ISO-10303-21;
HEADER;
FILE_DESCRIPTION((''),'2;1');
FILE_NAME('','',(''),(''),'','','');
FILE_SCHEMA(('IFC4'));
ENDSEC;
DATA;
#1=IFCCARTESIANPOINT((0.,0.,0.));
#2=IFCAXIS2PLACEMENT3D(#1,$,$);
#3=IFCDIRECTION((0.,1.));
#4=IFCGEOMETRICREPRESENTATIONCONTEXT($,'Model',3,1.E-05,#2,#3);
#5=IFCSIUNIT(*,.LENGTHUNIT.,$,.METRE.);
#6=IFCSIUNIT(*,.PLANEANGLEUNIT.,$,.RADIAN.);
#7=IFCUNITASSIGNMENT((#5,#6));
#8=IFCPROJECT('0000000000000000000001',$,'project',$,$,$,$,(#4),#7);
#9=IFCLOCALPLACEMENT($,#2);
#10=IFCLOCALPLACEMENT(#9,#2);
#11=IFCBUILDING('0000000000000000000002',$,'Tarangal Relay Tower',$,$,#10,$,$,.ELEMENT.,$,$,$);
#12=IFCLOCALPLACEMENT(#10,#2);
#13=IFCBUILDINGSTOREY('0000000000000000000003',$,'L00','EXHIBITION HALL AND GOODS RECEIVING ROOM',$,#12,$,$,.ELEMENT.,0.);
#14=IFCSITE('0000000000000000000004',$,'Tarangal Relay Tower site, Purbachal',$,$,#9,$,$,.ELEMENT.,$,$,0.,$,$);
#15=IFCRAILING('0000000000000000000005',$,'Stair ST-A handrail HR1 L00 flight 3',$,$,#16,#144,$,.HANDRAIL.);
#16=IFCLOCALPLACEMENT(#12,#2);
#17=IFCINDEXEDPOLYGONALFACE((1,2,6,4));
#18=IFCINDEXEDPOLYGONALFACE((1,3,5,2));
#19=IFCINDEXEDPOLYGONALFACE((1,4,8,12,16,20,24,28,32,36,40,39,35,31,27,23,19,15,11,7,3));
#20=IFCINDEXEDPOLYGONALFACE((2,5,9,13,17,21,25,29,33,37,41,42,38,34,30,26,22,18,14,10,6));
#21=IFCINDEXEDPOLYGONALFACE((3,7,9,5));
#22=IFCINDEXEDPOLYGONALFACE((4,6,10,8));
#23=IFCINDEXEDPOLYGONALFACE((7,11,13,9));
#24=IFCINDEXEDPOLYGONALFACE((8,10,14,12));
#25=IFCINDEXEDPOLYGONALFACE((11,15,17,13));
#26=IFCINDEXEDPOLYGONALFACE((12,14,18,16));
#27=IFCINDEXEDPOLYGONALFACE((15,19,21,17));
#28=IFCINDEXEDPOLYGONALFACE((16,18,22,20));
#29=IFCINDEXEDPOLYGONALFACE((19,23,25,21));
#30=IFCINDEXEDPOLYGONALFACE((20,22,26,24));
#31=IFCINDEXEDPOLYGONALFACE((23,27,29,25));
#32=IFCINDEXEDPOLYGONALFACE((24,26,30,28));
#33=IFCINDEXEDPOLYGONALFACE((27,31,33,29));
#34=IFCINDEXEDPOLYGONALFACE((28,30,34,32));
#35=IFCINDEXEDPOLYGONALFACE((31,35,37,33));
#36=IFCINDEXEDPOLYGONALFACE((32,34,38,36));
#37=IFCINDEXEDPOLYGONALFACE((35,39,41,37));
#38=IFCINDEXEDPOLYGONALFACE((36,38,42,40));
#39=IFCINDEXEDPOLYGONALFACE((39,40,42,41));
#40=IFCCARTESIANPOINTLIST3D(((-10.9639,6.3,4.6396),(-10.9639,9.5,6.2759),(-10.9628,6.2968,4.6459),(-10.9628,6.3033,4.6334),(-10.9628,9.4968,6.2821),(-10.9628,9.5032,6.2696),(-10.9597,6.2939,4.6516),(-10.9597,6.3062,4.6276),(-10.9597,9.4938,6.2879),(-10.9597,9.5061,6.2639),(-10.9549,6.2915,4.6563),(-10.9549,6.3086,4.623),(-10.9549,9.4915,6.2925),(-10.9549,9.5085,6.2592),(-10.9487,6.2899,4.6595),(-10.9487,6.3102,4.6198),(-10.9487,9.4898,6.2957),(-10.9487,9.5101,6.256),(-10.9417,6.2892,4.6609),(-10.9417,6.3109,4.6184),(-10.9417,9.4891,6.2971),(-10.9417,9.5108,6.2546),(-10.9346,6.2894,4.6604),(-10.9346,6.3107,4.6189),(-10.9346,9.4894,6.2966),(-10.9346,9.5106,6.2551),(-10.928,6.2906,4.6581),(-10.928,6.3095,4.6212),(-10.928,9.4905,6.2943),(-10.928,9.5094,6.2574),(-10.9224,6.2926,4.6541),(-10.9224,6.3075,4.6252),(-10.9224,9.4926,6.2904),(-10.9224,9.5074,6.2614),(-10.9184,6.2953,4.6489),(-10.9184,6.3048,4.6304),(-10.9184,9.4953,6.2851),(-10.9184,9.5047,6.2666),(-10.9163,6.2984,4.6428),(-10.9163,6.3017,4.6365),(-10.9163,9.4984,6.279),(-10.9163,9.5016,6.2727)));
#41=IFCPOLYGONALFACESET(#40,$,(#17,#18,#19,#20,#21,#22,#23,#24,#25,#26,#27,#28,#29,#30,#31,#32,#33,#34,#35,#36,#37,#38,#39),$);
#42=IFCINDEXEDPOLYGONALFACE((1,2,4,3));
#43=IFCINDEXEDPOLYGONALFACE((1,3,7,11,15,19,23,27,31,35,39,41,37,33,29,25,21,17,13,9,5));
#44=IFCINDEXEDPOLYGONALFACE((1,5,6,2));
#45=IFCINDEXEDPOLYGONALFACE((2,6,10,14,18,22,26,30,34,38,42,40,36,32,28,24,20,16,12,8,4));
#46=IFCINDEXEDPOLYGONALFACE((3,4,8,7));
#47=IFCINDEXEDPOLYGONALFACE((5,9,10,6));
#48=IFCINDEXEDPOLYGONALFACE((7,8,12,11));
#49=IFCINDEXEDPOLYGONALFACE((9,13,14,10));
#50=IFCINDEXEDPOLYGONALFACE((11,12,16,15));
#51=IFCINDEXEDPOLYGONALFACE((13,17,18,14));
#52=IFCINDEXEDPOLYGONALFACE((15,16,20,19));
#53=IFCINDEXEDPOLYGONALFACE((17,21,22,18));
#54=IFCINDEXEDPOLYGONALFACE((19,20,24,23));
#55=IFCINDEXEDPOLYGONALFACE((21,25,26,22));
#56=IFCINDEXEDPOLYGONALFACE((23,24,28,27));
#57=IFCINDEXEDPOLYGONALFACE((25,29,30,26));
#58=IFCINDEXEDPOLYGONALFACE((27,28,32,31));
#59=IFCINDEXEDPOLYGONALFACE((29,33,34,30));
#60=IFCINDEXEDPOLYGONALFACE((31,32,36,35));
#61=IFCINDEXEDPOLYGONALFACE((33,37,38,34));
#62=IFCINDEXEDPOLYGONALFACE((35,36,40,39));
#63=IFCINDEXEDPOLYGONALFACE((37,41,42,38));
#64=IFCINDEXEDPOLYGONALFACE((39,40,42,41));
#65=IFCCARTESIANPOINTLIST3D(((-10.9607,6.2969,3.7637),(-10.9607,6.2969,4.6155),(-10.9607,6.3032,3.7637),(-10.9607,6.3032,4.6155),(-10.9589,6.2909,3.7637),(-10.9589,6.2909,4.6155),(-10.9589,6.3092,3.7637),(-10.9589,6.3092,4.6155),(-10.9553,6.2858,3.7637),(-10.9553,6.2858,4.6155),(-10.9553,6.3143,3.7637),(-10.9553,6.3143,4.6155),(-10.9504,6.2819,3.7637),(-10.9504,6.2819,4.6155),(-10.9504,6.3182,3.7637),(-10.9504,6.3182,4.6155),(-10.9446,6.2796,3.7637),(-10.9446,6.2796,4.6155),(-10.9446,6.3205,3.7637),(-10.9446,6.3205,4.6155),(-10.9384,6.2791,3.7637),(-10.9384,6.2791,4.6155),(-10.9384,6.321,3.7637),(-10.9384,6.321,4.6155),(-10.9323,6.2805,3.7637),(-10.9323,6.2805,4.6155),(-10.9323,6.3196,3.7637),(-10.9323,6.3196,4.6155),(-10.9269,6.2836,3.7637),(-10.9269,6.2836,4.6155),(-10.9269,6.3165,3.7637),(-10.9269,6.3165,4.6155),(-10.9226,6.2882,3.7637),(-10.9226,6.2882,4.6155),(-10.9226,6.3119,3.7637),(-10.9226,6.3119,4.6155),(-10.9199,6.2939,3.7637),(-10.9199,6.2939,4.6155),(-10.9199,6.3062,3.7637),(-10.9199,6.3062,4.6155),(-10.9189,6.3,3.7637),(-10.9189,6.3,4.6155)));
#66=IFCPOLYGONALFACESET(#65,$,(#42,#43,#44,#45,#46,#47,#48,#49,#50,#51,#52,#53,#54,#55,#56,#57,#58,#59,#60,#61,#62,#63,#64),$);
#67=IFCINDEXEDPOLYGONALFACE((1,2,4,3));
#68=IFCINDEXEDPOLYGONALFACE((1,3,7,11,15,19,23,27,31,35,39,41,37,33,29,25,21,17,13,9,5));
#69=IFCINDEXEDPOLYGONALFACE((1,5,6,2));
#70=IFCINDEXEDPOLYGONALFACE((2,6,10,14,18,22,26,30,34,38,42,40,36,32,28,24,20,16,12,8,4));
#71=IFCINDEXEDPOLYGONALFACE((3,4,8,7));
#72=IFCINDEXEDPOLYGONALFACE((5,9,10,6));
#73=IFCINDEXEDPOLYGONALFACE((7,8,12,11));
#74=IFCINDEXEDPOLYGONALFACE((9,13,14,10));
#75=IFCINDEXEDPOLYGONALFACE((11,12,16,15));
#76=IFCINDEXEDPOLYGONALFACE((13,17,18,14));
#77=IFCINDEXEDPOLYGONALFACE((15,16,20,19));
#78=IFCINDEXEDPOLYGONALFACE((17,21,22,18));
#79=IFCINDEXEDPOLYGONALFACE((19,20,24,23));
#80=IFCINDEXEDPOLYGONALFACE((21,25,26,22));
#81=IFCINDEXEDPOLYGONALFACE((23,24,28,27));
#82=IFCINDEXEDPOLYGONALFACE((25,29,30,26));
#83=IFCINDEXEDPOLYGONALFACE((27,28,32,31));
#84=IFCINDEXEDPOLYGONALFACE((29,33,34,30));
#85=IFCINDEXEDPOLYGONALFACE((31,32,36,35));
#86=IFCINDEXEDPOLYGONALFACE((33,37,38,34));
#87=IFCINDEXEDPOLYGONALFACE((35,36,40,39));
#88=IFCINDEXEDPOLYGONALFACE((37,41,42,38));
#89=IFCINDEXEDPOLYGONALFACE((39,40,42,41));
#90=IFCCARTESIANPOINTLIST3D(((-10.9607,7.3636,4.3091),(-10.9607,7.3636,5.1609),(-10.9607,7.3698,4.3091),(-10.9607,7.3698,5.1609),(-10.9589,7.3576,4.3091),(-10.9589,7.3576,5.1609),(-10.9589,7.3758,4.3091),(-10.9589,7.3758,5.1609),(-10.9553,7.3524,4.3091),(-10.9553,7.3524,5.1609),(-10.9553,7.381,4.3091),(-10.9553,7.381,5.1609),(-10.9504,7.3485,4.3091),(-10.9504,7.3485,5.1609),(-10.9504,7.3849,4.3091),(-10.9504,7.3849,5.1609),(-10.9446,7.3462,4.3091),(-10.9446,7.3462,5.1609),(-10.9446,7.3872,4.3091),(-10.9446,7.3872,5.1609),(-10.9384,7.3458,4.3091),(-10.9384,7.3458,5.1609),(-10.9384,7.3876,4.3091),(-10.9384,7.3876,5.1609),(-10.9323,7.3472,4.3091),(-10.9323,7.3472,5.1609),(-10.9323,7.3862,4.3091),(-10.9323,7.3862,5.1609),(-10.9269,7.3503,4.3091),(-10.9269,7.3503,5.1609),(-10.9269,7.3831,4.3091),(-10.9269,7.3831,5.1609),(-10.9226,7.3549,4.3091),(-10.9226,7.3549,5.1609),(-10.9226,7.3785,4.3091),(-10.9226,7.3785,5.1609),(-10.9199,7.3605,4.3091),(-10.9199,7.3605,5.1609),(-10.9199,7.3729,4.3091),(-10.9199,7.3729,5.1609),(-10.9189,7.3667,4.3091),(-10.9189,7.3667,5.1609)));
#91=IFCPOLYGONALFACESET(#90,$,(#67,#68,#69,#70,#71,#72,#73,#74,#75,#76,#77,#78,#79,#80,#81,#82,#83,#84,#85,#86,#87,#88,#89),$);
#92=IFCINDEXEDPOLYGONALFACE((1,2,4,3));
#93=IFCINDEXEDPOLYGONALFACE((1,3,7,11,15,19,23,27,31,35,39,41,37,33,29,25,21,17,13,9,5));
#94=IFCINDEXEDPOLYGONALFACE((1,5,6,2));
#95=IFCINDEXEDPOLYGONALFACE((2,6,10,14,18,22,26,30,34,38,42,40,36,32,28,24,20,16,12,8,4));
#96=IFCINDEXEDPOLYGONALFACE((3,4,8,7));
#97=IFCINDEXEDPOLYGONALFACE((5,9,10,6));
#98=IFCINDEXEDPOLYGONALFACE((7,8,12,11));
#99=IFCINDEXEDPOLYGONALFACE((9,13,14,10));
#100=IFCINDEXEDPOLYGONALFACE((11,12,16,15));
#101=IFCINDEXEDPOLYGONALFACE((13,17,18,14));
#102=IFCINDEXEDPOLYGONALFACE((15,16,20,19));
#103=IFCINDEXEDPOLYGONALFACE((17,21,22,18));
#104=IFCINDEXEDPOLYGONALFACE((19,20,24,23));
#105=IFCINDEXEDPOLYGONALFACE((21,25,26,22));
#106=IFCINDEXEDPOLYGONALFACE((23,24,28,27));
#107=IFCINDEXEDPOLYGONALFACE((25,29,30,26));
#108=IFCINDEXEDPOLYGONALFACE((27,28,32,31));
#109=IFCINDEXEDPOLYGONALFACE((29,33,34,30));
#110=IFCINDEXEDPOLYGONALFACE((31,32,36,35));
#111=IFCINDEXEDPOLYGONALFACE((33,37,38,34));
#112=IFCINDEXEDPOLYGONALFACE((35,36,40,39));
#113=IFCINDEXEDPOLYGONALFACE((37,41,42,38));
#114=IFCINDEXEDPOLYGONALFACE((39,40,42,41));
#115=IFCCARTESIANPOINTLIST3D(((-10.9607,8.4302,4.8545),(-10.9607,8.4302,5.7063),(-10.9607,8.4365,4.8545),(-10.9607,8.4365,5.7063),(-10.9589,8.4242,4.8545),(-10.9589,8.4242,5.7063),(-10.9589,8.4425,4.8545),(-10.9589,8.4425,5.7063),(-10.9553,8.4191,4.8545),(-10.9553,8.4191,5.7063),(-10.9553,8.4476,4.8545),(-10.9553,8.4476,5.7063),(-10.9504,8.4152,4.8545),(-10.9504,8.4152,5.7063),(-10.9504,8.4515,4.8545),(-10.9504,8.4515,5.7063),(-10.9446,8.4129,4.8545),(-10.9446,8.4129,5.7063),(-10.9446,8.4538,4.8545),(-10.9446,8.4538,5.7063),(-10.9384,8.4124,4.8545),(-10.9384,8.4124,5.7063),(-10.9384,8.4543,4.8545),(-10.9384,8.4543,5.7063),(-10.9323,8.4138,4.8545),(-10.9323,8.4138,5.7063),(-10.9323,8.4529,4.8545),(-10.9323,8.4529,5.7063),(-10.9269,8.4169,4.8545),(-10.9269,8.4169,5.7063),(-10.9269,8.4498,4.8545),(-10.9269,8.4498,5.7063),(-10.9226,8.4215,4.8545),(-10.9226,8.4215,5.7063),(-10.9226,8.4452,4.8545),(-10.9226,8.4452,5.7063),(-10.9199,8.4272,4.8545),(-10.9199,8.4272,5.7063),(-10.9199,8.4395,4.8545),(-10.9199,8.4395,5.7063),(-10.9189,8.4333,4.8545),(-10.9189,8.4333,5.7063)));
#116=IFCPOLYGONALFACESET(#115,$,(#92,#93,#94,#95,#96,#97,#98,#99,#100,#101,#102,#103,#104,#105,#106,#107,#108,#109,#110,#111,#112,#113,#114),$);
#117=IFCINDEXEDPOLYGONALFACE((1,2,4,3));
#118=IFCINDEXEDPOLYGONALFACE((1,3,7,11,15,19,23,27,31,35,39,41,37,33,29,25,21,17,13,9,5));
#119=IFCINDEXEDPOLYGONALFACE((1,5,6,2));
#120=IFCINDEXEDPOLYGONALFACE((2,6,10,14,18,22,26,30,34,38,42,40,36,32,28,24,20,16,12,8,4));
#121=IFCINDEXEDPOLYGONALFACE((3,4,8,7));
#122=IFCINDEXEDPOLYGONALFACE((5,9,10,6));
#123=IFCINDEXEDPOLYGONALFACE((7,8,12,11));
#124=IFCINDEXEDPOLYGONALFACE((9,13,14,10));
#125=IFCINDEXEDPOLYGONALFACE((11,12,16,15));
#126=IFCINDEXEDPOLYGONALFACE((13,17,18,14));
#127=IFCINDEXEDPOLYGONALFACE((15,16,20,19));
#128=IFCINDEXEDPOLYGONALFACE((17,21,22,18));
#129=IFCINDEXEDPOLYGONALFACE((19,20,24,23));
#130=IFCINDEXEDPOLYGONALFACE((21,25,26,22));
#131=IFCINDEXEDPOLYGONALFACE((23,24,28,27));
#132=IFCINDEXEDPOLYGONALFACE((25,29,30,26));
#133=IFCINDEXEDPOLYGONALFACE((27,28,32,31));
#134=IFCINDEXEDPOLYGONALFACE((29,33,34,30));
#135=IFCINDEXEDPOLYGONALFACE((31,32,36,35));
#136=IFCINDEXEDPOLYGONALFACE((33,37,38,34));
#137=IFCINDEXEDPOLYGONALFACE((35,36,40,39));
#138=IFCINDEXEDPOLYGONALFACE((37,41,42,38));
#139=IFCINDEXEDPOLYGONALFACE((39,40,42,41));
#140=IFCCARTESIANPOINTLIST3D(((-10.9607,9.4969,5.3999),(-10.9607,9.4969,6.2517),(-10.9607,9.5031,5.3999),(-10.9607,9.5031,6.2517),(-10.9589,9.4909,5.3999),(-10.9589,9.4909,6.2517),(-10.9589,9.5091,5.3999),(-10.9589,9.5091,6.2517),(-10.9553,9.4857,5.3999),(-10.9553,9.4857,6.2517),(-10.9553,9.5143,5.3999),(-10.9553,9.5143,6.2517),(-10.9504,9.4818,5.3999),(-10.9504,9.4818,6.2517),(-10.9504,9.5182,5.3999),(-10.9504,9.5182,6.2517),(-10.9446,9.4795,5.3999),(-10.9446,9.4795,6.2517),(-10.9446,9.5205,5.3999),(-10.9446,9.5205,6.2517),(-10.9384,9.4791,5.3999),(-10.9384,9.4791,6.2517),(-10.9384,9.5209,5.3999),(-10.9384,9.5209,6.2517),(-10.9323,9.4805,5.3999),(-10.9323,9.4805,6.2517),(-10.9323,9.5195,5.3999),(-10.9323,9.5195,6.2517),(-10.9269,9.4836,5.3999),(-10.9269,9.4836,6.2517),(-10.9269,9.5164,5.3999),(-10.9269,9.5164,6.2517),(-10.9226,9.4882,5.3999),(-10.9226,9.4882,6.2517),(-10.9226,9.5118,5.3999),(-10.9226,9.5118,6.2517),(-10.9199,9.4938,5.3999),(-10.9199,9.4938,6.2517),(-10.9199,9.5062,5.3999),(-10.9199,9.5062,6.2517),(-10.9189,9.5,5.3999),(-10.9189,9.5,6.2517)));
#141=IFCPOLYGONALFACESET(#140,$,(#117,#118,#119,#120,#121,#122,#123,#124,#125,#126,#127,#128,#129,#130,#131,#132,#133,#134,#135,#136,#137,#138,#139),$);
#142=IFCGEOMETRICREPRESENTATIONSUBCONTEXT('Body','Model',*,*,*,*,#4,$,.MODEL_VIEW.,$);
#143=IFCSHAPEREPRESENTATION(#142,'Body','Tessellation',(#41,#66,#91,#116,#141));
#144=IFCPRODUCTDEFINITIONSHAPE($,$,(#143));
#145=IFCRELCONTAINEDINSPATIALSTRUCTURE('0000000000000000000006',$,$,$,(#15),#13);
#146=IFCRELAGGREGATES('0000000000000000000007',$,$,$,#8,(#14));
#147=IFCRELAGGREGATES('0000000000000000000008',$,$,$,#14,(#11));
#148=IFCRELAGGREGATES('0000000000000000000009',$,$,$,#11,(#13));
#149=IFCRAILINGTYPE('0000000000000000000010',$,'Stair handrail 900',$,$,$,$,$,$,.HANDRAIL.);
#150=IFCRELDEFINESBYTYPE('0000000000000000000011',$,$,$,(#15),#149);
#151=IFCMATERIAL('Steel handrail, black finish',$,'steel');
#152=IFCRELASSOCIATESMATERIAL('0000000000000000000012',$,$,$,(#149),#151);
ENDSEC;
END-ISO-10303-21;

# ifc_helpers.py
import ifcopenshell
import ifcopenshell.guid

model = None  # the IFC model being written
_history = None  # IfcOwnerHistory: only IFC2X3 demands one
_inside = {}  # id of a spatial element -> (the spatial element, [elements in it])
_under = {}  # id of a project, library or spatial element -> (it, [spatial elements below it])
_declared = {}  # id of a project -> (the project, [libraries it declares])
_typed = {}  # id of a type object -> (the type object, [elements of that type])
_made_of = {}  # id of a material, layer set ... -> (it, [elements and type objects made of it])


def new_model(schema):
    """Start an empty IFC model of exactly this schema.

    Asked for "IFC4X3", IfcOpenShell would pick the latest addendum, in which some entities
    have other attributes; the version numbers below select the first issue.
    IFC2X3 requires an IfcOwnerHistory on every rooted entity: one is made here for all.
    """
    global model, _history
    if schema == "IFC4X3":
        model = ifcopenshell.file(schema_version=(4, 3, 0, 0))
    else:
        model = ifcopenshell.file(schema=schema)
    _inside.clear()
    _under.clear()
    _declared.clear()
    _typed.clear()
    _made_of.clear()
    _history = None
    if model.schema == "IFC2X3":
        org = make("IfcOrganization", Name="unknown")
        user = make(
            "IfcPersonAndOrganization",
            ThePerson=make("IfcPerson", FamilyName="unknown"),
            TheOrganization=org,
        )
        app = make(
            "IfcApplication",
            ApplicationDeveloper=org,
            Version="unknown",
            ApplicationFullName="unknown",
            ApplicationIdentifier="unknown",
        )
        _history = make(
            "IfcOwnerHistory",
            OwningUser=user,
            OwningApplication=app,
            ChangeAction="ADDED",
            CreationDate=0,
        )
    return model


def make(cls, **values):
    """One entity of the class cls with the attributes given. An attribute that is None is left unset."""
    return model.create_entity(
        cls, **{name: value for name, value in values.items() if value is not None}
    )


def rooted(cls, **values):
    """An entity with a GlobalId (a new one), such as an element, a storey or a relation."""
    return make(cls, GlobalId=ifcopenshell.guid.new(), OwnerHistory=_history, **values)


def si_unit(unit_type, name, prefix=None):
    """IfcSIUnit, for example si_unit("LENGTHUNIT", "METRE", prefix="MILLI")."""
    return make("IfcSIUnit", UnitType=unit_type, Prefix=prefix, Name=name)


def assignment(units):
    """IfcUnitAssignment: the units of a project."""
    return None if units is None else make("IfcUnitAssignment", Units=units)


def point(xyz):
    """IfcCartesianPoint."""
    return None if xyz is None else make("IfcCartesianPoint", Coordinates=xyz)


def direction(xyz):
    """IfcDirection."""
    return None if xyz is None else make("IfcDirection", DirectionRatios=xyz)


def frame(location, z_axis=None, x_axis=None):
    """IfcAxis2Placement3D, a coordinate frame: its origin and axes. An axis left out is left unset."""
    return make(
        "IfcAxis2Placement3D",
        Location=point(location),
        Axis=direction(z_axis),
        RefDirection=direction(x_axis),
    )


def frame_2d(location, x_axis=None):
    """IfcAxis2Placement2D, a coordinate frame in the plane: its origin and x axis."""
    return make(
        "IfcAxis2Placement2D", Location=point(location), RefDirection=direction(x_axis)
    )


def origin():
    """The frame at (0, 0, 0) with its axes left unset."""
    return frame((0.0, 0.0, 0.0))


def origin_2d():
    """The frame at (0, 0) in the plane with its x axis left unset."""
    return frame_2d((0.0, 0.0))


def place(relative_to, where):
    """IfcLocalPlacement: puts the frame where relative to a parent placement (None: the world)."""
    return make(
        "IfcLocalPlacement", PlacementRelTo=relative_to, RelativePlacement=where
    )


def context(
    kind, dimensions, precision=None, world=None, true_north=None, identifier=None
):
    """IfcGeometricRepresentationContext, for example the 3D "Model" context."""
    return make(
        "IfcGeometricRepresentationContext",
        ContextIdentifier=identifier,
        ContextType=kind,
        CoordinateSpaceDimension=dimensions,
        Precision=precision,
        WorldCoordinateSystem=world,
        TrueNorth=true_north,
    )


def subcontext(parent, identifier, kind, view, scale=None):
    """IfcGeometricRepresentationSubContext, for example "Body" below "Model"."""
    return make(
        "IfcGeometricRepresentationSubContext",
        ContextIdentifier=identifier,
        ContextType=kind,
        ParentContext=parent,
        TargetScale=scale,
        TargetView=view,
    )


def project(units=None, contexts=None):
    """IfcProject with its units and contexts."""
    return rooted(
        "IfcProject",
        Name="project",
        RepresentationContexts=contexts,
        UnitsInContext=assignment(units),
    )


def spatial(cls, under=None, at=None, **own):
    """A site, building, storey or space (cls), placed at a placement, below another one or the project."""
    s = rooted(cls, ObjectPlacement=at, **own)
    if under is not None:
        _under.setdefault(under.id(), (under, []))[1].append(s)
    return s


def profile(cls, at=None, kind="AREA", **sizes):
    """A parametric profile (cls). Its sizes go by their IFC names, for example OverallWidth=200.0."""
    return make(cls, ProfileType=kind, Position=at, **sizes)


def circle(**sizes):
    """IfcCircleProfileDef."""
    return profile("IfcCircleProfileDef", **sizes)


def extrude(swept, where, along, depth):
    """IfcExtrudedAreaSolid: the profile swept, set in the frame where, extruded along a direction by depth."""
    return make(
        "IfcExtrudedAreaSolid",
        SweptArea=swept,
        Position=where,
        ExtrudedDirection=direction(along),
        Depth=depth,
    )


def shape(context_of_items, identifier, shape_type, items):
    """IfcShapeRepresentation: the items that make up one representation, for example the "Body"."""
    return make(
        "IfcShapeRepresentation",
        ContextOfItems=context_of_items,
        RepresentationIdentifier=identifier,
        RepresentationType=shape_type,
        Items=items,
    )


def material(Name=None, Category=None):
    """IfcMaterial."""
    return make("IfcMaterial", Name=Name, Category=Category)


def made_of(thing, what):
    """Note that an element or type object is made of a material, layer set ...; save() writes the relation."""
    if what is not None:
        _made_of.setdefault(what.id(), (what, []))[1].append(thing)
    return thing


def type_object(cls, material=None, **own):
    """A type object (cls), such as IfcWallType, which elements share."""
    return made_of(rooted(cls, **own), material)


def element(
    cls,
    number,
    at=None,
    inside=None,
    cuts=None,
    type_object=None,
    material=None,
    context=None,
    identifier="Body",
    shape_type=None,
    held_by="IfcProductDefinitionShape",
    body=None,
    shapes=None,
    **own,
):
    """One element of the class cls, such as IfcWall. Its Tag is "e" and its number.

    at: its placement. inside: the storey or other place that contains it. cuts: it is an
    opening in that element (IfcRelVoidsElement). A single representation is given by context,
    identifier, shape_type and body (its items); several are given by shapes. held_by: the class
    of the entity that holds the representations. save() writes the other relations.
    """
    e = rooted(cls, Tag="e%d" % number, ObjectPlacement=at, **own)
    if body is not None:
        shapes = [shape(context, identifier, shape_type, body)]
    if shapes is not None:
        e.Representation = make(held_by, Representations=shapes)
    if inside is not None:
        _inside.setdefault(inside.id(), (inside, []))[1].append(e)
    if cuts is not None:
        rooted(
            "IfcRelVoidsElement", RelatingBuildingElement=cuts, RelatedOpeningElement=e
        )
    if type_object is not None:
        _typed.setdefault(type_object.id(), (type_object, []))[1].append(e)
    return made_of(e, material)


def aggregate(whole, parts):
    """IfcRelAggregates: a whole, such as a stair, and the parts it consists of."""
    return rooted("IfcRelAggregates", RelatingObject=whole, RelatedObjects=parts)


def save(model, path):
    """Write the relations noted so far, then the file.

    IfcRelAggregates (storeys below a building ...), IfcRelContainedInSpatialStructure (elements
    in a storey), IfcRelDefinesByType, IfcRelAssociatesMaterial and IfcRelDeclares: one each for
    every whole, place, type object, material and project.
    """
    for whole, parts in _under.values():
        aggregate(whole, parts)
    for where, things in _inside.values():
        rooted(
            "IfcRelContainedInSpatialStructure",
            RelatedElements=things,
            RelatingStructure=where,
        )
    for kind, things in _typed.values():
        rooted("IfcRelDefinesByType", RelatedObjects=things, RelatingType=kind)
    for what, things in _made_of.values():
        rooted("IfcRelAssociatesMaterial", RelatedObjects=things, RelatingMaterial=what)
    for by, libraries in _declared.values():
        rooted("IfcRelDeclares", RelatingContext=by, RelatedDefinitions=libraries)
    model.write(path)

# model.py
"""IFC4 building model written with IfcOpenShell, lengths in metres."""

from ifc_helpers import new_model, si_unit, direction, frame, origin, origin_2d, place, context, subcontext, project, spatial, circle, extrude, material, type_object, element, save


model = new_model("IFC4")

# Units and contexts
model_context = context("Model", 3, precision=1e-05, world=origin(), true_north=direction((0.0, 1.0)))
body_context = subcontext(model_context, "Body", "Model", "MODEL_VIEW")
ifc_project = project(units=[si_unit("LENGTHUNIT", "METRE"), si_unit("PLANEANGLEUNIT", "RADIAN")], contexts=[model_context])

# Site, building, storey
site_placement = place(None, origin())
site = spatial("IfcSite", under=ifc_project, at=site_placement, Name="Tarangal Relay Tower site, Purbachal", CompositionType="ELEMENT", RefElevation=0.0)
building_placement = place(site_placement, origin())
building = spatial("IfcBuilding", under=site, at=building_placement, Name="Tarangal Relay Tower", CompositionType="ELEMENT")
storey_placement = place(building_placement, origin())
storey = spatial("IfcBuildingStorey", under=building, at=storey_placement, Name="L00", Description="EXHIBITION HALL AND GOODS RECEIVING ROOM", CompositionType="ELEMENT", Elevation=0.0)

# Railing
ifc_material_1 = material(Name="Steel handrail, black finish", Category="steel")
railing_type_1 = type_object("IfcRailingType", Name="Stair handrail 900", PredefinedType="HANDRAIL", material=ifc_material_1)
railing_1_placement = place(storey_placement, frame((-10.9399, 6.3, 3.7637)))
element("IfcRailing", 1, at=railing_1_placement, inside=storey, type_object=railing_type_1, Name="Stair ST-A handrail HR1 L00 flight 3", PredefinedType="HANDRAIL", context=body_context, shape_type="SweptSolid", body=[
    extrude(circle(Radius=0.0239, at=origin_2d()), frame((0.0, 0.0, 0.876), z_axis=(0.0, 0.890356, 0.455265), x_axis=(-1.0, 0.0, 0.0)), (0.0, 0.0, 1.0), 3.594),
    extrude(circle(Radius=0.021, at=origin_2d()), origin(), (0.0, 0.0, 1.0), 0.8518),
    extrude(circle(Radius=0.021, at=origin_2d()), frame((0.0, 1.0667, 0.5454)), (0.0, 0.0, 1.0), 0.8518),
    extrude(circle(Radius=0.021, at=origin_2d()), frame((0.0, 2.1333, 1.0908)), (0.0, 0.0, 1.0), 0.8518),
    extrude(circle(Radius=0.021, at=origin_2d()), frame((0.0, 3.2, 1.6362)), (0.0, 0.0, 1.0), 0.8518),
])

save(model, "model.ifc")
